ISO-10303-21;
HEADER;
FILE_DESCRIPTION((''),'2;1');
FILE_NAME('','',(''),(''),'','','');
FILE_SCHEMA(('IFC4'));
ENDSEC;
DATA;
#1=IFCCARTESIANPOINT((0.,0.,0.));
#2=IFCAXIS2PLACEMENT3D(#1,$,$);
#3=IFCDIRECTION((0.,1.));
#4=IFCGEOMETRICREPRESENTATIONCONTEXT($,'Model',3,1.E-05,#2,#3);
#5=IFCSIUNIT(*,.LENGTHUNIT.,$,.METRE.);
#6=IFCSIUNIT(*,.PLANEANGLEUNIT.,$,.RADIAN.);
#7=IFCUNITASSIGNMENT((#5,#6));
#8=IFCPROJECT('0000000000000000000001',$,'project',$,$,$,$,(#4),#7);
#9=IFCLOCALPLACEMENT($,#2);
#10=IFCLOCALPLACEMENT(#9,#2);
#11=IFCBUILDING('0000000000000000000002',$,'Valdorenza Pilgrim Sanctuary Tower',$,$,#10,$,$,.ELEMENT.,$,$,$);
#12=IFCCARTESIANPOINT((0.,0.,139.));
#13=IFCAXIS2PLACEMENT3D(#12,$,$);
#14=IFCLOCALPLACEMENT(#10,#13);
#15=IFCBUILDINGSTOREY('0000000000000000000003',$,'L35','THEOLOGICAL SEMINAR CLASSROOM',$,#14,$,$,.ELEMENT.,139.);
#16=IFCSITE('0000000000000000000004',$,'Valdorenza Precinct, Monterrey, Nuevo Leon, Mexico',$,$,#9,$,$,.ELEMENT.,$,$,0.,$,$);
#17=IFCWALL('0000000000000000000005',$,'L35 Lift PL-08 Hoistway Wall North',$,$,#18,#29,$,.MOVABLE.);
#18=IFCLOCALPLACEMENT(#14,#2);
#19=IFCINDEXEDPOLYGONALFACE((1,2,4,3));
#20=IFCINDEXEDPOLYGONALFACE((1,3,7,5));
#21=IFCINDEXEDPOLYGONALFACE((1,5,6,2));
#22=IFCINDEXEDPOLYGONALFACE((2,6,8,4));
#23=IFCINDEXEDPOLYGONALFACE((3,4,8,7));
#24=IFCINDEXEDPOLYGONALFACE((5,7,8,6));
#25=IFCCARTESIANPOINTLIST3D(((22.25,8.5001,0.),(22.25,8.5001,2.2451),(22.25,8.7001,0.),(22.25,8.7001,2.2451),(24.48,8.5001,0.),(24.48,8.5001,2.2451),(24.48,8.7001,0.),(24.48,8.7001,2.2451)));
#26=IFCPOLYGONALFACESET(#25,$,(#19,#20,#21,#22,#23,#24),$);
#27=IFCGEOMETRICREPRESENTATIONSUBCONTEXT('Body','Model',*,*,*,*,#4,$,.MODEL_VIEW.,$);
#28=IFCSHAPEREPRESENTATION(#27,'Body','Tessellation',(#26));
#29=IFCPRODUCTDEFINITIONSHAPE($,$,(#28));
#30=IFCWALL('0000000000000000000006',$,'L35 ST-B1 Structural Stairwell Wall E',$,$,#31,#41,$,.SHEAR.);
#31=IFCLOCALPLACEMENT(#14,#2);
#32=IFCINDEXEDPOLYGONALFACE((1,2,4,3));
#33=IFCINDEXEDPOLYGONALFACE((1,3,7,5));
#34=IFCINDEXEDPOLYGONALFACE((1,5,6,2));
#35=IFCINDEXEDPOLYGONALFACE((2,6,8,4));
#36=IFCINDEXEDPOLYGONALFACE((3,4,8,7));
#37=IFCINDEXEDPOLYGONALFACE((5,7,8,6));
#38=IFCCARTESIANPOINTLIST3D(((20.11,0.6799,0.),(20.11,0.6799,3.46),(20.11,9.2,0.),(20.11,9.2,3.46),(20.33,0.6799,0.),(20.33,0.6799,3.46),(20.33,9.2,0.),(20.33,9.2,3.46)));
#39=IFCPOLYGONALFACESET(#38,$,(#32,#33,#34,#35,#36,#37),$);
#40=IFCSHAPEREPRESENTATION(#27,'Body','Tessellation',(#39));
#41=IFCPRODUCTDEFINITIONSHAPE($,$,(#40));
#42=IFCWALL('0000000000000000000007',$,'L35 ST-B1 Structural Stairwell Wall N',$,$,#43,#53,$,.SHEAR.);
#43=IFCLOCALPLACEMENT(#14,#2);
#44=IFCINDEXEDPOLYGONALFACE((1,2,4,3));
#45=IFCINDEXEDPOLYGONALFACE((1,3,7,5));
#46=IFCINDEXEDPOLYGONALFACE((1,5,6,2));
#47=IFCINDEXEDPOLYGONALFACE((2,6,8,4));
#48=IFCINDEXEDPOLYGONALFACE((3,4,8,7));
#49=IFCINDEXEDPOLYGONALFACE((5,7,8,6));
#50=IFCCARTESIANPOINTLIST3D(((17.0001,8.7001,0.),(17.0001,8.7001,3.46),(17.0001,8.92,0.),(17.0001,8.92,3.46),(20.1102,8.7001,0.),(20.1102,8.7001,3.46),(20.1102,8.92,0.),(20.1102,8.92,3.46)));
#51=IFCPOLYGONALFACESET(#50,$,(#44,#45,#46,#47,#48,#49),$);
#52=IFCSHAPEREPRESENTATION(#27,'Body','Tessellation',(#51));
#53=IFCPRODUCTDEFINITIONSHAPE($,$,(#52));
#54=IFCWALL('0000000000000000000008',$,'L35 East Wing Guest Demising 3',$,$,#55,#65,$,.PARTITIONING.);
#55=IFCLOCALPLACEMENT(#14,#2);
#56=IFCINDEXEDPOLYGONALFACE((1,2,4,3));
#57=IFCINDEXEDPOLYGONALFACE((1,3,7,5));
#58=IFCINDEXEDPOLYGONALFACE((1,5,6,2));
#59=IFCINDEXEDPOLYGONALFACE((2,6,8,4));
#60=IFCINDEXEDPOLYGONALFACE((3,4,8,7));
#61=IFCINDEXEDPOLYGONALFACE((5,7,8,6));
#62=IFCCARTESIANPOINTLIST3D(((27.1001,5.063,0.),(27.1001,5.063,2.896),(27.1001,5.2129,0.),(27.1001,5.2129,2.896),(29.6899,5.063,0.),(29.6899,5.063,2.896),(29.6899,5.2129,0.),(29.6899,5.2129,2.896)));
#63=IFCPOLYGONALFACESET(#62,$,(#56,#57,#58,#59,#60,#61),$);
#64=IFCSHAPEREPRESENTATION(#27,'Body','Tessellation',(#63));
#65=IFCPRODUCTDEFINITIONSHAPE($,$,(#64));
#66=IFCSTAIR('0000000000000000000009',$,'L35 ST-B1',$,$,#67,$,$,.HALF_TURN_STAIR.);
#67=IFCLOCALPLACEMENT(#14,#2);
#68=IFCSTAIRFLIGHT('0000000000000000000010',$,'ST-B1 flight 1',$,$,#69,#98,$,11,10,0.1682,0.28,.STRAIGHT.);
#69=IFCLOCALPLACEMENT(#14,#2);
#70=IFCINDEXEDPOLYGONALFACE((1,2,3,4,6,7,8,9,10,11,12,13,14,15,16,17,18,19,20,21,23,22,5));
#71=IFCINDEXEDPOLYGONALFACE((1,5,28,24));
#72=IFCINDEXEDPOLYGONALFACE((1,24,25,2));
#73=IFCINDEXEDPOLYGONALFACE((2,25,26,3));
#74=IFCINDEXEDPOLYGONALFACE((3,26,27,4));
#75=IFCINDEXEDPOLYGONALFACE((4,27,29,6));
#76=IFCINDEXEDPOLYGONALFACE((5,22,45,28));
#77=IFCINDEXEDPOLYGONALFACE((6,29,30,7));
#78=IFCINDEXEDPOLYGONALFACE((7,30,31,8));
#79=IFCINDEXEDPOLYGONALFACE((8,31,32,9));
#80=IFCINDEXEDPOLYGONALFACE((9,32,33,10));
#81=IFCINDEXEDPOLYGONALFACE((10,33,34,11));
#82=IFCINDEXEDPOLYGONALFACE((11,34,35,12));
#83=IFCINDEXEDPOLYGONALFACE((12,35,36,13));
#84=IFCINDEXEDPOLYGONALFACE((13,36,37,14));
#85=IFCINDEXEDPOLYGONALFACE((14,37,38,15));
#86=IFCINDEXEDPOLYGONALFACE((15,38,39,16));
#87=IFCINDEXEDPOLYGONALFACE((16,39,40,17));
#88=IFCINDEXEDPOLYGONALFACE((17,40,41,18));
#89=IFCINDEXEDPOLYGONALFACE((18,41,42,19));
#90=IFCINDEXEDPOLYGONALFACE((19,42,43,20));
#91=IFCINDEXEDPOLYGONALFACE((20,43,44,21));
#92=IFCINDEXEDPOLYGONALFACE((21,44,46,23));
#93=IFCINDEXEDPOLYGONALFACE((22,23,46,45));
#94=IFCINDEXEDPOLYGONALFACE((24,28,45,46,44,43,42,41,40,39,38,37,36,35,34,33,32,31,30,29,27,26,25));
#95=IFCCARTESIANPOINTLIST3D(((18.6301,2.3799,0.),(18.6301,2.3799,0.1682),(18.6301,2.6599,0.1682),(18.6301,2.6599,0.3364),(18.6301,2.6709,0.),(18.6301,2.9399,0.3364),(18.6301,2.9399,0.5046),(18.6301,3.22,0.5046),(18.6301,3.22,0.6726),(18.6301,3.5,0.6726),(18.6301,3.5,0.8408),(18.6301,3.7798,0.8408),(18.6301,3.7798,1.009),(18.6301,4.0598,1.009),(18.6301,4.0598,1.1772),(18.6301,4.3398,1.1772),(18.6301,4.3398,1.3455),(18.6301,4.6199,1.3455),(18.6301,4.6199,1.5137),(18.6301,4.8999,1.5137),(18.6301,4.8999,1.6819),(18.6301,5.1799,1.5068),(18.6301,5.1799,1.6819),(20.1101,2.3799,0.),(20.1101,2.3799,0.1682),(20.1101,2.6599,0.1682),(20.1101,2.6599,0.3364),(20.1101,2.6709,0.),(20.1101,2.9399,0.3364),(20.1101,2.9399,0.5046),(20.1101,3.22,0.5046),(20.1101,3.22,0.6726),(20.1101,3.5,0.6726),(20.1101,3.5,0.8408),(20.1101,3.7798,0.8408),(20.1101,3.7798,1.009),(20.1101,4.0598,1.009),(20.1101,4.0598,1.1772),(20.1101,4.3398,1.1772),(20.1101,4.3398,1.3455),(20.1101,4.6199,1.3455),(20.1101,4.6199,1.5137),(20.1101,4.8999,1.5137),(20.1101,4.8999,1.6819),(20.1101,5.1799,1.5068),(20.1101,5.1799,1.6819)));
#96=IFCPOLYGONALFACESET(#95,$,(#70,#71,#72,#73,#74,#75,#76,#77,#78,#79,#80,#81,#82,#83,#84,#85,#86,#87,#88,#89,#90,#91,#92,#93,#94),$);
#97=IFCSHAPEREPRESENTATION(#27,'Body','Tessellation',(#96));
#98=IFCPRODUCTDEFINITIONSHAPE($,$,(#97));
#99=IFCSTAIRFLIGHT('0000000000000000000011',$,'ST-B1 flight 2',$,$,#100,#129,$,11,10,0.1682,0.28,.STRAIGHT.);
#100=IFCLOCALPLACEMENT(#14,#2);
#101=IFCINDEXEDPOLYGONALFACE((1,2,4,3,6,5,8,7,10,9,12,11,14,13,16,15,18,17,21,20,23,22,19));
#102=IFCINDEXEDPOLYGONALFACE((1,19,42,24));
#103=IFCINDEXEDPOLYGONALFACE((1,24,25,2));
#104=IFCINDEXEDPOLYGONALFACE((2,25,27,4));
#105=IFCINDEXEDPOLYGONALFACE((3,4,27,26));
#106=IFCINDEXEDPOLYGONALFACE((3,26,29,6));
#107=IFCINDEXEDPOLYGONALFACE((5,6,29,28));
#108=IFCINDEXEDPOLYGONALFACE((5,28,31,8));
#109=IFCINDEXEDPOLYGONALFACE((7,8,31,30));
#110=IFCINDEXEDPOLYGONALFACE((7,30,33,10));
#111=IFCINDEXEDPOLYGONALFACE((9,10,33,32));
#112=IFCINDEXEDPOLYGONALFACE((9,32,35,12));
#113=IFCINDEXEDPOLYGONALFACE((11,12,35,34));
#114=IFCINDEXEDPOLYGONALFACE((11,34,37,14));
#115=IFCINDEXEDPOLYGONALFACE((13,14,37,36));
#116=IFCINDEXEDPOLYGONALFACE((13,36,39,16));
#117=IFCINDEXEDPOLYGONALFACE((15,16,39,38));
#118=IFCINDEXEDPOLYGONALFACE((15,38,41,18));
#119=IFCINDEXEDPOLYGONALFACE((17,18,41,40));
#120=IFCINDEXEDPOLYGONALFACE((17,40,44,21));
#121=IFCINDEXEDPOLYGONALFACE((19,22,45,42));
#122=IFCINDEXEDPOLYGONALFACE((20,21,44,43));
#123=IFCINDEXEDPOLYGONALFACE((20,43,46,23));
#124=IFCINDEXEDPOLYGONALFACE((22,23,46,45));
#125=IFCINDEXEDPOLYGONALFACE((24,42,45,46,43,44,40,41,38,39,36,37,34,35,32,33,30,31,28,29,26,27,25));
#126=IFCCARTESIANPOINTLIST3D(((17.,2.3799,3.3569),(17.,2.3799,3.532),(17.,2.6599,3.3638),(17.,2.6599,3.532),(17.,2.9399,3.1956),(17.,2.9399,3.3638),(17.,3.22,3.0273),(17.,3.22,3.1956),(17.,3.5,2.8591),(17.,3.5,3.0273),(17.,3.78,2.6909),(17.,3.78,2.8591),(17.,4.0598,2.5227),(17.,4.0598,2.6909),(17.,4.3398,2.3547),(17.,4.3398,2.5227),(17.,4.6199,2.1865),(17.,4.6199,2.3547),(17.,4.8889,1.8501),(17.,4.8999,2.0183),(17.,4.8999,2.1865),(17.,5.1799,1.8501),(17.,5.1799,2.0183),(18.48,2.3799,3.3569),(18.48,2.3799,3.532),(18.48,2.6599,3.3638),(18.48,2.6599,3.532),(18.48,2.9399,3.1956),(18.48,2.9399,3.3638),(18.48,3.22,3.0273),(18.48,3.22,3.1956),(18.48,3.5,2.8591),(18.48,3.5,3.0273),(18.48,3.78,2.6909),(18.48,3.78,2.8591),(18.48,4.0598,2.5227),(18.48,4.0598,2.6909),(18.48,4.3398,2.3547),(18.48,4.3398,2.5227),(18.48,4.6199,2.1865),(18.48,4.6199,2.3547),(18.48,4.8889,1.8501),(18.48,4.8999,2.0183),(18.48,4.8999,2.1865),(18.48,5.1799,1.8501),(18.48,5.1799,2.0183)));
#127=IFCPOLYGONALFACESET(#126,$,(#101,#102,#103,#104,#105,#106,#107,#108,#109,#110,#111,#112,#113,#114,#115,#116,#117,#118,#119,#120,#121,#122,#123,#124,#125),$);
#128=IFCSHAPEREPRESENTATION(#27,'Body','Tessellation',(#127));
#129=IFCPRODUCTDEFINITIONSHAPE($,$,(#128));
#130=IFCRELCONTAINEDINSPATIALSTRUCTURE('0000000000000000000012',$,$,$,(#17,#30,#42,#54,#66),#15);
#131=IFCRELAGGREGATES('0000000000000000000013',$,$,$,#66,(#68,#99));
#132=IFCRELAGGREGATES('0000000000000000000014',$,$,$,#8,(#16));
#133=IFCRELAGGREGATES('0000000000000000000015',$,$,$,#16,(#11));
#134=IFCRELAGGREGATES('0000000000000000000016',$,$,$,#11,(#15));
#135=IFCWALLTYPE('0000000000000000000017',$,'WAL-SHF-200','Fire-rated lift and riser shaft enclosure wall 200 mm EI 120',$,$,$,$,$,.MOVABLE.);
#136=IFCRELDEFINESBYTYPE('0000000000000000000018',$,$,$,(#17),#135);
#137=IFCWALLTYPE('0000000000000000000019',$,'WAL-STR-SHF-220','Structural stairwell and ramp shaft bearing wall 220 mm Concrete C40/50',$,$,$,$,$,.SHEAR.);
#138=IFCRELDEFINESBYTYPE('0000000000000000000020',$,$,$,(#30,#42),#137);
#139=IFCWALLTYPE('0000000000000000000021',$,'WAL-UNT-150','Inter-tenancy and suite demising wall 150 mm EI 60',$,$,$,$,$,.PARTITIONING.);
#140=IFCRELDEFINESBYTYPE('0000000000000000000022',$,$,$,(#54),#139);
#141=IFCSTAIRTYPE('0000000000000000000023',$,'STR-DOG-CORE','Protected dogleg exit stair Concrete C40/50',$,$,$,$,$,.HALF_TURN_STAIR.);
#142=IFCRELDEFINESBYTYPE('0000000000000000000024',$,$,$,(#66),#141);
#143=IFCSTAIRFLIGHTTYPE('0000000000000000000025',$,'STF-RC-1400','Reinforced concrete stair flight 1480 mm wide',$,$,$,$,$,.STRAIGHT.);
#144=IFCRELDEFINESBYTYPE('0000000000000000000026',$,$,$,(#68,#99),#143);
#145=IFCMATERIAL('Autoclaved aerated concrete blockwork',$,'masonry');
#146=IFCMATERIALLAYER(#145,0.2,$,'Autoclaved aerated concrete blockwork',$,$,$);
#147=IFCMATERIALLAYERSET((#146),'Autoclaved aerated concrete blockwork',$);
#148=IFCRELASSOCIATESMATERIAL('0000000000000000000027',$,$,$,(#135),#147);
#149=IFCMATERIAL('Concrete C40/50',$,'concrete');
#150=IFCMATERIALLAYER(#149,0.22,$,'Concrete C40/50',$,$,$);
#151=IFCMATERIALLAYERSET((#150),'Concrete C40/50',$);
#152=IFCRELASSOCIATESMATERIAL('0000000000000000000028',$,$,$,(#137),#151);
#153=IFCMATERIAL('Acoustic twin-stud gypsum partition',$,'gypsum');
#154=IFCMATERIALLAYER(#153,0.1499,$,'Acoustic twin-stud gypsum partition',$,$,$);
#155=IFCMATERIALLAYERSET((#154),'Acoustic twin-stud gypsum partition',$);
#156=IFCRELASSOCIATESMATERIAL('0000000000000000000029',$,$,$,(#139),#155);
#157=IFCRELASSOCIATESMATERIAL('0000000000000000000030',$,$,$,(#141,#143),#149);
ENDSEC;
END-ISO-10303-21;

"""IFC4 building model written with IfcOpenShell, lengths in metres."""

from ifc_helpers import new_model, si_unit, direction, frame, frame_2d, origin, place, context, subcontext, project, spatial, polyline, rectangle, outline, extrude, material, layer, layer_set, type_object, element, aggregate, save


model = new_model("IFC4")

# Units and contexts
model_context = context("Model", 3, precision=1e-05, world=origin(), true_north=direction((0.0, 1.0)))
body_context = subcontext(model_context, "Body", "Model", "MODEL_VIEW")
ifc_project = project(units=[si_unit("LENGTHUNIT", "METRE"), si_unit("PLANEANGLEUNIT", "RADIAN")], contexts=[model_context])

# Site, building, storey
site_placement = place(None, origin())
site = spatial("IfcSite", under=ifc_project, at=site_placement, Name="Valdorenza Precinct, Monterrey, Nuevo Leon, Mexico", CompositionType="ELEMENT", RefElevation=0.0)
building_placement = place(site_placement, origin())
building = spatial("IfcBuilding", under=site, at=building_placement, Name="Valdorenza Pilgrim Sanctuary Tower", CompositionType="ELEMENT")
storey_placement = place(building_placement, frame((0.0, 0.0, 139.0)))
storey = spatial("IfcBuildingStorey", under=building, at=storey_placement, Name="L35", Description="THEOLOGICAL SEMINAR CLASSROOM", CompositionType="ELEMENT", Elevation=139.0)

# Shared definitions
ifc_material_1 = material(Name="Acoustic twin-stud gypsum partition", Category="gypsum")

# Shared definitions
ifc_material_2 = material(Name="Autoclaved aerated concrete blockwork", Category="masonry")
ifc_layer_1 = layer(ifc_material_2, 0.2, Name="Autoclaved aerated concrete blockwork")
ifc_layer_set_1 = layer_set([ifc_layer_1], Name="Autoclaved aerated concrete blockwork")
wall_type_1 = type_object("IfcWallType", Name="WAL-SHF-200", Description="Fire-rated lift and riser shaft enclosure wall 200 mm EI 120", PredefinedType="MOVABLE", material=ifc_layer_set_1)

# Walls
wall_1_placement = place(storey_placement, frame((22.25, 8.6001, 0.0), z_axis=(0.0, 0.0, 1.0), x_axis=(1.0, 0.0, 0.0)))
element("IfcWall", 1, at=wall_1_placement, inside=storey, type_object=wall_type_1, Name="L35 Lift PL-08 Hoistway Wall North", PredefinedType="MOVABLE", context=body_context, shape_type="SweptSolid", body=[
    extrude(rectangle(XDim=2.23, YDim=0.2, at=frame_2d((1.115, 0.0))), origin(), (0.0, 0.0, 1.0), 2.2451),
])
ifc_material_3 = material(Name="Concrete C40/50", Category="concrete")
ifc_layer_2 = layer(ifc_material_3, 0.22, Name="Concrete C40/50")
ifc_layer_set_2 = layer_set([ifc_layer_2], Name="Concrete C40/50")
wall_type_2 = type_object("IfcWallType", Name="WAL-STR-SHF-220", Description="Structural stairwell and ramp shaft bearing wall 220 mm Concrete C40/50", PredefinedType="SHEAR", material=ifc_layer_set_2)
wall_2_placement = place(storey_placement, frame((20.22, 0.6799, 0.0), z_axis=(0.0, 0.0, 1.0), x_axis=(0.0, 1.0, 0.0)))
element("IfcWall", 2, at=wall_2_placement, inside=storey, type_object=wall_type_2, Name="L35 ST-B1 Structural Stairwell Wall E", PredefinedType="SHEAR", context=body_context, shape_type="SweptSolid", body=[
    extrude(rectangle(XDim=8.52, YDim=0.22, at=frame_2d((4.26, 0.0))), origin(), (0.0, 0.0, 1.0), 3.46),
])

# Walls
wall_3_placement = place(storey_placement, frame((17.0, 8.8101, 0.0), z_axis=(0.0, 0.0, 1.0), x_axis=(1.0, 0.0, 0.0)))
element("IfcWall", 3, at=wall_3_placement, inside=storey, type_object=wall_type_2, Name="L35 ST-B1 Structural Stairwell Wall N", PredefinedType="SHEAR", context=body_context, shape_type="SweptSolid", body=[
    extrude(rectangle(XDim=3.1101, YDim=0.22, at=frame_2d((1.5552, 0.0))), origin(), (0.0, 0.0, 1.0), 3.46),
])
ifc_layer_3 = layer(ifc_material_1, 0.1499, Name="Acoustic twin-stud gypsum partition")
ifc_layer_set_3 = layer_set([ifc_layer_3], Name="Acoustic twin-stud gypsum partition")
wall_type_3 = type_object("IfcWallType", Name="WAL-UNT-150", Description="Inter-tenancy and suite demising wall 150 mm EI 60", PredefinedType="PARTITIONING", material=ifc_layer_set_3)
wall_4_placement = place(storey_placement, frame((27.1001, 5.1379, 0.0), z_axis=(0.0, 0.0, 1.0), x_axis=(1.0, 0.0, 0.0)))
element("IfcWall", 4, at=wall_4_placement, inside=storey, type_object=wall_type_3, Name="L35 East Wing Guest Demising 3", PredefinedType="PARTITIONING", context=body_context, shape_type="SweptSolid", body=[
    extrude(rectangle(XDim=2.5898, YDim=0.1499, at=frame_2d((1.2949, 0.0))), origin(), (0.0, 0.0, 1.0), 2.896),
])

# Stair, stair flights
stair_type = type_object("IfcStairType", Name="STR-DOG-CORE", Description="Protected dogleg exit stair Concrete C40/50", PredefinedType="HALF_TURN_STAIR", material=ifc_material_3)
stair_placement = place(storey_placement, origin())
stair = element("IfcStair", 5, at=stair_placement, inside=storey, type_object=stair_type, Name="L35 ST-B1", PredefinedType="HALF_TURN_STAIR")
stair_flight_type = type_object("IfcStairFlightType", Name="STF-RC-1400", Description="Reinforced concrete stair flight 1480 mm wide", PredefinedType="STRAIGHT", material=ifc_material_3)
stair_flight_1_placement = place(storey_placement, frame((19.3701, 2.3799, 0.0), z_axis=(0.0, 0.0, 1.0), x_axis=(0.0, 1.0, 0.0)))
stair_flight_1 = element("IfcStairFlight", 6, at=stair_flight_1_placement, type_object=stair_flight_type, Name="ST-B1 flight 1", NumberOfRisers=11, NumberOfTreads=10, PredefinedType="STRAIGHT", RiserHeight=0.1682, TreadLength=0.28, context=body_context, shape_type="SweptSolid", body=[
    extrude(outline(polyline([(0.0, 0.0), (0.0, 0.1682), (0.28, 0.1682), (0.28, 0.3364), (0.5601, 0.3364), (0.5601, 0.5046), (0.8401, 0.5046), (0.8401, 0.6726), (1.1201, 0.6726), (1.1201, 0.8408), (1.3999, 0.8408), (1.3999, 1.009), (1.6799, 1.009), (1.6799, 1.1772), (1.96, 1.1772), (1.96, 1.3455), (2.24, 1.3455), (2.24, 1.5137), (2.52, 1.5137), (2.52, 1.6819), (2.8, 1.6819), (2.8, 1.8501), (2.8, 1.5068), (0.291, 0.0), (0.0, 0.0)])), frame((0.0, 0.74, 0.0), z_axis=(0.0, -1.0, 0.0), x_axis=(1.0, 0.0, 0.0)), (0.0, 0.0, 1.0), 1.48),
])
stair_flight_2_placement = place(storey_placement, frame((17.74, 5.1799, 1.8501), z_axis=(0.0, 0.0, 1.0), x_axis=(0.0, -1.0, 0.0)))
stair_flight_2 = element("IfcStairFlight", 7, at=stair_flight_2_placement, type_object=stair_flight_type, Name="ST-B1 flight 2", NumberOfRisers=11, NumberOfTreads=10, PredefinedType="STRAIGHT", RiserHeight=0.1682, TreadLength=0.28, context=body_context, shape_type="SweptSolid", body=[
    extrude(outline(polyline([(0.0, 0.0), (0.0, 0.1682), (0.28, 0.1682), (0.28, 0.3364), (0.5601, 0.3364), (0.5601, 0.5046), (0.8401, 0.5046), (0.8401, 0.6726), (1.1201, 0.6726), (1.1201, 0.8408), (1.3999, 0.8408), (1.3999, 1.009), (1.6799, 1.009), (1.6799, 1.1772), (1.96, 1.1772), (1.96, 1.3455), (2.24, 1.3455), (2.24, 1.5137), (2.52, 1.5137), (2.52, 1.6819), (2.8, 1.6819), (2.8, 1.8501), (2.8, 1.5068), (0.291, 0.0), (0.0, 0.0)])), frame((0.0, 0.74, 0.0), z_axis=(0.0, -1.0, 0.0), x_axis=(1.0, 0.0, 0.0)), (0.0, 0.0, 1.0), 1.48),
])
aggregate(stair, [stair_flight_1, stair_flight_2])

save(model, "model.ifc")
